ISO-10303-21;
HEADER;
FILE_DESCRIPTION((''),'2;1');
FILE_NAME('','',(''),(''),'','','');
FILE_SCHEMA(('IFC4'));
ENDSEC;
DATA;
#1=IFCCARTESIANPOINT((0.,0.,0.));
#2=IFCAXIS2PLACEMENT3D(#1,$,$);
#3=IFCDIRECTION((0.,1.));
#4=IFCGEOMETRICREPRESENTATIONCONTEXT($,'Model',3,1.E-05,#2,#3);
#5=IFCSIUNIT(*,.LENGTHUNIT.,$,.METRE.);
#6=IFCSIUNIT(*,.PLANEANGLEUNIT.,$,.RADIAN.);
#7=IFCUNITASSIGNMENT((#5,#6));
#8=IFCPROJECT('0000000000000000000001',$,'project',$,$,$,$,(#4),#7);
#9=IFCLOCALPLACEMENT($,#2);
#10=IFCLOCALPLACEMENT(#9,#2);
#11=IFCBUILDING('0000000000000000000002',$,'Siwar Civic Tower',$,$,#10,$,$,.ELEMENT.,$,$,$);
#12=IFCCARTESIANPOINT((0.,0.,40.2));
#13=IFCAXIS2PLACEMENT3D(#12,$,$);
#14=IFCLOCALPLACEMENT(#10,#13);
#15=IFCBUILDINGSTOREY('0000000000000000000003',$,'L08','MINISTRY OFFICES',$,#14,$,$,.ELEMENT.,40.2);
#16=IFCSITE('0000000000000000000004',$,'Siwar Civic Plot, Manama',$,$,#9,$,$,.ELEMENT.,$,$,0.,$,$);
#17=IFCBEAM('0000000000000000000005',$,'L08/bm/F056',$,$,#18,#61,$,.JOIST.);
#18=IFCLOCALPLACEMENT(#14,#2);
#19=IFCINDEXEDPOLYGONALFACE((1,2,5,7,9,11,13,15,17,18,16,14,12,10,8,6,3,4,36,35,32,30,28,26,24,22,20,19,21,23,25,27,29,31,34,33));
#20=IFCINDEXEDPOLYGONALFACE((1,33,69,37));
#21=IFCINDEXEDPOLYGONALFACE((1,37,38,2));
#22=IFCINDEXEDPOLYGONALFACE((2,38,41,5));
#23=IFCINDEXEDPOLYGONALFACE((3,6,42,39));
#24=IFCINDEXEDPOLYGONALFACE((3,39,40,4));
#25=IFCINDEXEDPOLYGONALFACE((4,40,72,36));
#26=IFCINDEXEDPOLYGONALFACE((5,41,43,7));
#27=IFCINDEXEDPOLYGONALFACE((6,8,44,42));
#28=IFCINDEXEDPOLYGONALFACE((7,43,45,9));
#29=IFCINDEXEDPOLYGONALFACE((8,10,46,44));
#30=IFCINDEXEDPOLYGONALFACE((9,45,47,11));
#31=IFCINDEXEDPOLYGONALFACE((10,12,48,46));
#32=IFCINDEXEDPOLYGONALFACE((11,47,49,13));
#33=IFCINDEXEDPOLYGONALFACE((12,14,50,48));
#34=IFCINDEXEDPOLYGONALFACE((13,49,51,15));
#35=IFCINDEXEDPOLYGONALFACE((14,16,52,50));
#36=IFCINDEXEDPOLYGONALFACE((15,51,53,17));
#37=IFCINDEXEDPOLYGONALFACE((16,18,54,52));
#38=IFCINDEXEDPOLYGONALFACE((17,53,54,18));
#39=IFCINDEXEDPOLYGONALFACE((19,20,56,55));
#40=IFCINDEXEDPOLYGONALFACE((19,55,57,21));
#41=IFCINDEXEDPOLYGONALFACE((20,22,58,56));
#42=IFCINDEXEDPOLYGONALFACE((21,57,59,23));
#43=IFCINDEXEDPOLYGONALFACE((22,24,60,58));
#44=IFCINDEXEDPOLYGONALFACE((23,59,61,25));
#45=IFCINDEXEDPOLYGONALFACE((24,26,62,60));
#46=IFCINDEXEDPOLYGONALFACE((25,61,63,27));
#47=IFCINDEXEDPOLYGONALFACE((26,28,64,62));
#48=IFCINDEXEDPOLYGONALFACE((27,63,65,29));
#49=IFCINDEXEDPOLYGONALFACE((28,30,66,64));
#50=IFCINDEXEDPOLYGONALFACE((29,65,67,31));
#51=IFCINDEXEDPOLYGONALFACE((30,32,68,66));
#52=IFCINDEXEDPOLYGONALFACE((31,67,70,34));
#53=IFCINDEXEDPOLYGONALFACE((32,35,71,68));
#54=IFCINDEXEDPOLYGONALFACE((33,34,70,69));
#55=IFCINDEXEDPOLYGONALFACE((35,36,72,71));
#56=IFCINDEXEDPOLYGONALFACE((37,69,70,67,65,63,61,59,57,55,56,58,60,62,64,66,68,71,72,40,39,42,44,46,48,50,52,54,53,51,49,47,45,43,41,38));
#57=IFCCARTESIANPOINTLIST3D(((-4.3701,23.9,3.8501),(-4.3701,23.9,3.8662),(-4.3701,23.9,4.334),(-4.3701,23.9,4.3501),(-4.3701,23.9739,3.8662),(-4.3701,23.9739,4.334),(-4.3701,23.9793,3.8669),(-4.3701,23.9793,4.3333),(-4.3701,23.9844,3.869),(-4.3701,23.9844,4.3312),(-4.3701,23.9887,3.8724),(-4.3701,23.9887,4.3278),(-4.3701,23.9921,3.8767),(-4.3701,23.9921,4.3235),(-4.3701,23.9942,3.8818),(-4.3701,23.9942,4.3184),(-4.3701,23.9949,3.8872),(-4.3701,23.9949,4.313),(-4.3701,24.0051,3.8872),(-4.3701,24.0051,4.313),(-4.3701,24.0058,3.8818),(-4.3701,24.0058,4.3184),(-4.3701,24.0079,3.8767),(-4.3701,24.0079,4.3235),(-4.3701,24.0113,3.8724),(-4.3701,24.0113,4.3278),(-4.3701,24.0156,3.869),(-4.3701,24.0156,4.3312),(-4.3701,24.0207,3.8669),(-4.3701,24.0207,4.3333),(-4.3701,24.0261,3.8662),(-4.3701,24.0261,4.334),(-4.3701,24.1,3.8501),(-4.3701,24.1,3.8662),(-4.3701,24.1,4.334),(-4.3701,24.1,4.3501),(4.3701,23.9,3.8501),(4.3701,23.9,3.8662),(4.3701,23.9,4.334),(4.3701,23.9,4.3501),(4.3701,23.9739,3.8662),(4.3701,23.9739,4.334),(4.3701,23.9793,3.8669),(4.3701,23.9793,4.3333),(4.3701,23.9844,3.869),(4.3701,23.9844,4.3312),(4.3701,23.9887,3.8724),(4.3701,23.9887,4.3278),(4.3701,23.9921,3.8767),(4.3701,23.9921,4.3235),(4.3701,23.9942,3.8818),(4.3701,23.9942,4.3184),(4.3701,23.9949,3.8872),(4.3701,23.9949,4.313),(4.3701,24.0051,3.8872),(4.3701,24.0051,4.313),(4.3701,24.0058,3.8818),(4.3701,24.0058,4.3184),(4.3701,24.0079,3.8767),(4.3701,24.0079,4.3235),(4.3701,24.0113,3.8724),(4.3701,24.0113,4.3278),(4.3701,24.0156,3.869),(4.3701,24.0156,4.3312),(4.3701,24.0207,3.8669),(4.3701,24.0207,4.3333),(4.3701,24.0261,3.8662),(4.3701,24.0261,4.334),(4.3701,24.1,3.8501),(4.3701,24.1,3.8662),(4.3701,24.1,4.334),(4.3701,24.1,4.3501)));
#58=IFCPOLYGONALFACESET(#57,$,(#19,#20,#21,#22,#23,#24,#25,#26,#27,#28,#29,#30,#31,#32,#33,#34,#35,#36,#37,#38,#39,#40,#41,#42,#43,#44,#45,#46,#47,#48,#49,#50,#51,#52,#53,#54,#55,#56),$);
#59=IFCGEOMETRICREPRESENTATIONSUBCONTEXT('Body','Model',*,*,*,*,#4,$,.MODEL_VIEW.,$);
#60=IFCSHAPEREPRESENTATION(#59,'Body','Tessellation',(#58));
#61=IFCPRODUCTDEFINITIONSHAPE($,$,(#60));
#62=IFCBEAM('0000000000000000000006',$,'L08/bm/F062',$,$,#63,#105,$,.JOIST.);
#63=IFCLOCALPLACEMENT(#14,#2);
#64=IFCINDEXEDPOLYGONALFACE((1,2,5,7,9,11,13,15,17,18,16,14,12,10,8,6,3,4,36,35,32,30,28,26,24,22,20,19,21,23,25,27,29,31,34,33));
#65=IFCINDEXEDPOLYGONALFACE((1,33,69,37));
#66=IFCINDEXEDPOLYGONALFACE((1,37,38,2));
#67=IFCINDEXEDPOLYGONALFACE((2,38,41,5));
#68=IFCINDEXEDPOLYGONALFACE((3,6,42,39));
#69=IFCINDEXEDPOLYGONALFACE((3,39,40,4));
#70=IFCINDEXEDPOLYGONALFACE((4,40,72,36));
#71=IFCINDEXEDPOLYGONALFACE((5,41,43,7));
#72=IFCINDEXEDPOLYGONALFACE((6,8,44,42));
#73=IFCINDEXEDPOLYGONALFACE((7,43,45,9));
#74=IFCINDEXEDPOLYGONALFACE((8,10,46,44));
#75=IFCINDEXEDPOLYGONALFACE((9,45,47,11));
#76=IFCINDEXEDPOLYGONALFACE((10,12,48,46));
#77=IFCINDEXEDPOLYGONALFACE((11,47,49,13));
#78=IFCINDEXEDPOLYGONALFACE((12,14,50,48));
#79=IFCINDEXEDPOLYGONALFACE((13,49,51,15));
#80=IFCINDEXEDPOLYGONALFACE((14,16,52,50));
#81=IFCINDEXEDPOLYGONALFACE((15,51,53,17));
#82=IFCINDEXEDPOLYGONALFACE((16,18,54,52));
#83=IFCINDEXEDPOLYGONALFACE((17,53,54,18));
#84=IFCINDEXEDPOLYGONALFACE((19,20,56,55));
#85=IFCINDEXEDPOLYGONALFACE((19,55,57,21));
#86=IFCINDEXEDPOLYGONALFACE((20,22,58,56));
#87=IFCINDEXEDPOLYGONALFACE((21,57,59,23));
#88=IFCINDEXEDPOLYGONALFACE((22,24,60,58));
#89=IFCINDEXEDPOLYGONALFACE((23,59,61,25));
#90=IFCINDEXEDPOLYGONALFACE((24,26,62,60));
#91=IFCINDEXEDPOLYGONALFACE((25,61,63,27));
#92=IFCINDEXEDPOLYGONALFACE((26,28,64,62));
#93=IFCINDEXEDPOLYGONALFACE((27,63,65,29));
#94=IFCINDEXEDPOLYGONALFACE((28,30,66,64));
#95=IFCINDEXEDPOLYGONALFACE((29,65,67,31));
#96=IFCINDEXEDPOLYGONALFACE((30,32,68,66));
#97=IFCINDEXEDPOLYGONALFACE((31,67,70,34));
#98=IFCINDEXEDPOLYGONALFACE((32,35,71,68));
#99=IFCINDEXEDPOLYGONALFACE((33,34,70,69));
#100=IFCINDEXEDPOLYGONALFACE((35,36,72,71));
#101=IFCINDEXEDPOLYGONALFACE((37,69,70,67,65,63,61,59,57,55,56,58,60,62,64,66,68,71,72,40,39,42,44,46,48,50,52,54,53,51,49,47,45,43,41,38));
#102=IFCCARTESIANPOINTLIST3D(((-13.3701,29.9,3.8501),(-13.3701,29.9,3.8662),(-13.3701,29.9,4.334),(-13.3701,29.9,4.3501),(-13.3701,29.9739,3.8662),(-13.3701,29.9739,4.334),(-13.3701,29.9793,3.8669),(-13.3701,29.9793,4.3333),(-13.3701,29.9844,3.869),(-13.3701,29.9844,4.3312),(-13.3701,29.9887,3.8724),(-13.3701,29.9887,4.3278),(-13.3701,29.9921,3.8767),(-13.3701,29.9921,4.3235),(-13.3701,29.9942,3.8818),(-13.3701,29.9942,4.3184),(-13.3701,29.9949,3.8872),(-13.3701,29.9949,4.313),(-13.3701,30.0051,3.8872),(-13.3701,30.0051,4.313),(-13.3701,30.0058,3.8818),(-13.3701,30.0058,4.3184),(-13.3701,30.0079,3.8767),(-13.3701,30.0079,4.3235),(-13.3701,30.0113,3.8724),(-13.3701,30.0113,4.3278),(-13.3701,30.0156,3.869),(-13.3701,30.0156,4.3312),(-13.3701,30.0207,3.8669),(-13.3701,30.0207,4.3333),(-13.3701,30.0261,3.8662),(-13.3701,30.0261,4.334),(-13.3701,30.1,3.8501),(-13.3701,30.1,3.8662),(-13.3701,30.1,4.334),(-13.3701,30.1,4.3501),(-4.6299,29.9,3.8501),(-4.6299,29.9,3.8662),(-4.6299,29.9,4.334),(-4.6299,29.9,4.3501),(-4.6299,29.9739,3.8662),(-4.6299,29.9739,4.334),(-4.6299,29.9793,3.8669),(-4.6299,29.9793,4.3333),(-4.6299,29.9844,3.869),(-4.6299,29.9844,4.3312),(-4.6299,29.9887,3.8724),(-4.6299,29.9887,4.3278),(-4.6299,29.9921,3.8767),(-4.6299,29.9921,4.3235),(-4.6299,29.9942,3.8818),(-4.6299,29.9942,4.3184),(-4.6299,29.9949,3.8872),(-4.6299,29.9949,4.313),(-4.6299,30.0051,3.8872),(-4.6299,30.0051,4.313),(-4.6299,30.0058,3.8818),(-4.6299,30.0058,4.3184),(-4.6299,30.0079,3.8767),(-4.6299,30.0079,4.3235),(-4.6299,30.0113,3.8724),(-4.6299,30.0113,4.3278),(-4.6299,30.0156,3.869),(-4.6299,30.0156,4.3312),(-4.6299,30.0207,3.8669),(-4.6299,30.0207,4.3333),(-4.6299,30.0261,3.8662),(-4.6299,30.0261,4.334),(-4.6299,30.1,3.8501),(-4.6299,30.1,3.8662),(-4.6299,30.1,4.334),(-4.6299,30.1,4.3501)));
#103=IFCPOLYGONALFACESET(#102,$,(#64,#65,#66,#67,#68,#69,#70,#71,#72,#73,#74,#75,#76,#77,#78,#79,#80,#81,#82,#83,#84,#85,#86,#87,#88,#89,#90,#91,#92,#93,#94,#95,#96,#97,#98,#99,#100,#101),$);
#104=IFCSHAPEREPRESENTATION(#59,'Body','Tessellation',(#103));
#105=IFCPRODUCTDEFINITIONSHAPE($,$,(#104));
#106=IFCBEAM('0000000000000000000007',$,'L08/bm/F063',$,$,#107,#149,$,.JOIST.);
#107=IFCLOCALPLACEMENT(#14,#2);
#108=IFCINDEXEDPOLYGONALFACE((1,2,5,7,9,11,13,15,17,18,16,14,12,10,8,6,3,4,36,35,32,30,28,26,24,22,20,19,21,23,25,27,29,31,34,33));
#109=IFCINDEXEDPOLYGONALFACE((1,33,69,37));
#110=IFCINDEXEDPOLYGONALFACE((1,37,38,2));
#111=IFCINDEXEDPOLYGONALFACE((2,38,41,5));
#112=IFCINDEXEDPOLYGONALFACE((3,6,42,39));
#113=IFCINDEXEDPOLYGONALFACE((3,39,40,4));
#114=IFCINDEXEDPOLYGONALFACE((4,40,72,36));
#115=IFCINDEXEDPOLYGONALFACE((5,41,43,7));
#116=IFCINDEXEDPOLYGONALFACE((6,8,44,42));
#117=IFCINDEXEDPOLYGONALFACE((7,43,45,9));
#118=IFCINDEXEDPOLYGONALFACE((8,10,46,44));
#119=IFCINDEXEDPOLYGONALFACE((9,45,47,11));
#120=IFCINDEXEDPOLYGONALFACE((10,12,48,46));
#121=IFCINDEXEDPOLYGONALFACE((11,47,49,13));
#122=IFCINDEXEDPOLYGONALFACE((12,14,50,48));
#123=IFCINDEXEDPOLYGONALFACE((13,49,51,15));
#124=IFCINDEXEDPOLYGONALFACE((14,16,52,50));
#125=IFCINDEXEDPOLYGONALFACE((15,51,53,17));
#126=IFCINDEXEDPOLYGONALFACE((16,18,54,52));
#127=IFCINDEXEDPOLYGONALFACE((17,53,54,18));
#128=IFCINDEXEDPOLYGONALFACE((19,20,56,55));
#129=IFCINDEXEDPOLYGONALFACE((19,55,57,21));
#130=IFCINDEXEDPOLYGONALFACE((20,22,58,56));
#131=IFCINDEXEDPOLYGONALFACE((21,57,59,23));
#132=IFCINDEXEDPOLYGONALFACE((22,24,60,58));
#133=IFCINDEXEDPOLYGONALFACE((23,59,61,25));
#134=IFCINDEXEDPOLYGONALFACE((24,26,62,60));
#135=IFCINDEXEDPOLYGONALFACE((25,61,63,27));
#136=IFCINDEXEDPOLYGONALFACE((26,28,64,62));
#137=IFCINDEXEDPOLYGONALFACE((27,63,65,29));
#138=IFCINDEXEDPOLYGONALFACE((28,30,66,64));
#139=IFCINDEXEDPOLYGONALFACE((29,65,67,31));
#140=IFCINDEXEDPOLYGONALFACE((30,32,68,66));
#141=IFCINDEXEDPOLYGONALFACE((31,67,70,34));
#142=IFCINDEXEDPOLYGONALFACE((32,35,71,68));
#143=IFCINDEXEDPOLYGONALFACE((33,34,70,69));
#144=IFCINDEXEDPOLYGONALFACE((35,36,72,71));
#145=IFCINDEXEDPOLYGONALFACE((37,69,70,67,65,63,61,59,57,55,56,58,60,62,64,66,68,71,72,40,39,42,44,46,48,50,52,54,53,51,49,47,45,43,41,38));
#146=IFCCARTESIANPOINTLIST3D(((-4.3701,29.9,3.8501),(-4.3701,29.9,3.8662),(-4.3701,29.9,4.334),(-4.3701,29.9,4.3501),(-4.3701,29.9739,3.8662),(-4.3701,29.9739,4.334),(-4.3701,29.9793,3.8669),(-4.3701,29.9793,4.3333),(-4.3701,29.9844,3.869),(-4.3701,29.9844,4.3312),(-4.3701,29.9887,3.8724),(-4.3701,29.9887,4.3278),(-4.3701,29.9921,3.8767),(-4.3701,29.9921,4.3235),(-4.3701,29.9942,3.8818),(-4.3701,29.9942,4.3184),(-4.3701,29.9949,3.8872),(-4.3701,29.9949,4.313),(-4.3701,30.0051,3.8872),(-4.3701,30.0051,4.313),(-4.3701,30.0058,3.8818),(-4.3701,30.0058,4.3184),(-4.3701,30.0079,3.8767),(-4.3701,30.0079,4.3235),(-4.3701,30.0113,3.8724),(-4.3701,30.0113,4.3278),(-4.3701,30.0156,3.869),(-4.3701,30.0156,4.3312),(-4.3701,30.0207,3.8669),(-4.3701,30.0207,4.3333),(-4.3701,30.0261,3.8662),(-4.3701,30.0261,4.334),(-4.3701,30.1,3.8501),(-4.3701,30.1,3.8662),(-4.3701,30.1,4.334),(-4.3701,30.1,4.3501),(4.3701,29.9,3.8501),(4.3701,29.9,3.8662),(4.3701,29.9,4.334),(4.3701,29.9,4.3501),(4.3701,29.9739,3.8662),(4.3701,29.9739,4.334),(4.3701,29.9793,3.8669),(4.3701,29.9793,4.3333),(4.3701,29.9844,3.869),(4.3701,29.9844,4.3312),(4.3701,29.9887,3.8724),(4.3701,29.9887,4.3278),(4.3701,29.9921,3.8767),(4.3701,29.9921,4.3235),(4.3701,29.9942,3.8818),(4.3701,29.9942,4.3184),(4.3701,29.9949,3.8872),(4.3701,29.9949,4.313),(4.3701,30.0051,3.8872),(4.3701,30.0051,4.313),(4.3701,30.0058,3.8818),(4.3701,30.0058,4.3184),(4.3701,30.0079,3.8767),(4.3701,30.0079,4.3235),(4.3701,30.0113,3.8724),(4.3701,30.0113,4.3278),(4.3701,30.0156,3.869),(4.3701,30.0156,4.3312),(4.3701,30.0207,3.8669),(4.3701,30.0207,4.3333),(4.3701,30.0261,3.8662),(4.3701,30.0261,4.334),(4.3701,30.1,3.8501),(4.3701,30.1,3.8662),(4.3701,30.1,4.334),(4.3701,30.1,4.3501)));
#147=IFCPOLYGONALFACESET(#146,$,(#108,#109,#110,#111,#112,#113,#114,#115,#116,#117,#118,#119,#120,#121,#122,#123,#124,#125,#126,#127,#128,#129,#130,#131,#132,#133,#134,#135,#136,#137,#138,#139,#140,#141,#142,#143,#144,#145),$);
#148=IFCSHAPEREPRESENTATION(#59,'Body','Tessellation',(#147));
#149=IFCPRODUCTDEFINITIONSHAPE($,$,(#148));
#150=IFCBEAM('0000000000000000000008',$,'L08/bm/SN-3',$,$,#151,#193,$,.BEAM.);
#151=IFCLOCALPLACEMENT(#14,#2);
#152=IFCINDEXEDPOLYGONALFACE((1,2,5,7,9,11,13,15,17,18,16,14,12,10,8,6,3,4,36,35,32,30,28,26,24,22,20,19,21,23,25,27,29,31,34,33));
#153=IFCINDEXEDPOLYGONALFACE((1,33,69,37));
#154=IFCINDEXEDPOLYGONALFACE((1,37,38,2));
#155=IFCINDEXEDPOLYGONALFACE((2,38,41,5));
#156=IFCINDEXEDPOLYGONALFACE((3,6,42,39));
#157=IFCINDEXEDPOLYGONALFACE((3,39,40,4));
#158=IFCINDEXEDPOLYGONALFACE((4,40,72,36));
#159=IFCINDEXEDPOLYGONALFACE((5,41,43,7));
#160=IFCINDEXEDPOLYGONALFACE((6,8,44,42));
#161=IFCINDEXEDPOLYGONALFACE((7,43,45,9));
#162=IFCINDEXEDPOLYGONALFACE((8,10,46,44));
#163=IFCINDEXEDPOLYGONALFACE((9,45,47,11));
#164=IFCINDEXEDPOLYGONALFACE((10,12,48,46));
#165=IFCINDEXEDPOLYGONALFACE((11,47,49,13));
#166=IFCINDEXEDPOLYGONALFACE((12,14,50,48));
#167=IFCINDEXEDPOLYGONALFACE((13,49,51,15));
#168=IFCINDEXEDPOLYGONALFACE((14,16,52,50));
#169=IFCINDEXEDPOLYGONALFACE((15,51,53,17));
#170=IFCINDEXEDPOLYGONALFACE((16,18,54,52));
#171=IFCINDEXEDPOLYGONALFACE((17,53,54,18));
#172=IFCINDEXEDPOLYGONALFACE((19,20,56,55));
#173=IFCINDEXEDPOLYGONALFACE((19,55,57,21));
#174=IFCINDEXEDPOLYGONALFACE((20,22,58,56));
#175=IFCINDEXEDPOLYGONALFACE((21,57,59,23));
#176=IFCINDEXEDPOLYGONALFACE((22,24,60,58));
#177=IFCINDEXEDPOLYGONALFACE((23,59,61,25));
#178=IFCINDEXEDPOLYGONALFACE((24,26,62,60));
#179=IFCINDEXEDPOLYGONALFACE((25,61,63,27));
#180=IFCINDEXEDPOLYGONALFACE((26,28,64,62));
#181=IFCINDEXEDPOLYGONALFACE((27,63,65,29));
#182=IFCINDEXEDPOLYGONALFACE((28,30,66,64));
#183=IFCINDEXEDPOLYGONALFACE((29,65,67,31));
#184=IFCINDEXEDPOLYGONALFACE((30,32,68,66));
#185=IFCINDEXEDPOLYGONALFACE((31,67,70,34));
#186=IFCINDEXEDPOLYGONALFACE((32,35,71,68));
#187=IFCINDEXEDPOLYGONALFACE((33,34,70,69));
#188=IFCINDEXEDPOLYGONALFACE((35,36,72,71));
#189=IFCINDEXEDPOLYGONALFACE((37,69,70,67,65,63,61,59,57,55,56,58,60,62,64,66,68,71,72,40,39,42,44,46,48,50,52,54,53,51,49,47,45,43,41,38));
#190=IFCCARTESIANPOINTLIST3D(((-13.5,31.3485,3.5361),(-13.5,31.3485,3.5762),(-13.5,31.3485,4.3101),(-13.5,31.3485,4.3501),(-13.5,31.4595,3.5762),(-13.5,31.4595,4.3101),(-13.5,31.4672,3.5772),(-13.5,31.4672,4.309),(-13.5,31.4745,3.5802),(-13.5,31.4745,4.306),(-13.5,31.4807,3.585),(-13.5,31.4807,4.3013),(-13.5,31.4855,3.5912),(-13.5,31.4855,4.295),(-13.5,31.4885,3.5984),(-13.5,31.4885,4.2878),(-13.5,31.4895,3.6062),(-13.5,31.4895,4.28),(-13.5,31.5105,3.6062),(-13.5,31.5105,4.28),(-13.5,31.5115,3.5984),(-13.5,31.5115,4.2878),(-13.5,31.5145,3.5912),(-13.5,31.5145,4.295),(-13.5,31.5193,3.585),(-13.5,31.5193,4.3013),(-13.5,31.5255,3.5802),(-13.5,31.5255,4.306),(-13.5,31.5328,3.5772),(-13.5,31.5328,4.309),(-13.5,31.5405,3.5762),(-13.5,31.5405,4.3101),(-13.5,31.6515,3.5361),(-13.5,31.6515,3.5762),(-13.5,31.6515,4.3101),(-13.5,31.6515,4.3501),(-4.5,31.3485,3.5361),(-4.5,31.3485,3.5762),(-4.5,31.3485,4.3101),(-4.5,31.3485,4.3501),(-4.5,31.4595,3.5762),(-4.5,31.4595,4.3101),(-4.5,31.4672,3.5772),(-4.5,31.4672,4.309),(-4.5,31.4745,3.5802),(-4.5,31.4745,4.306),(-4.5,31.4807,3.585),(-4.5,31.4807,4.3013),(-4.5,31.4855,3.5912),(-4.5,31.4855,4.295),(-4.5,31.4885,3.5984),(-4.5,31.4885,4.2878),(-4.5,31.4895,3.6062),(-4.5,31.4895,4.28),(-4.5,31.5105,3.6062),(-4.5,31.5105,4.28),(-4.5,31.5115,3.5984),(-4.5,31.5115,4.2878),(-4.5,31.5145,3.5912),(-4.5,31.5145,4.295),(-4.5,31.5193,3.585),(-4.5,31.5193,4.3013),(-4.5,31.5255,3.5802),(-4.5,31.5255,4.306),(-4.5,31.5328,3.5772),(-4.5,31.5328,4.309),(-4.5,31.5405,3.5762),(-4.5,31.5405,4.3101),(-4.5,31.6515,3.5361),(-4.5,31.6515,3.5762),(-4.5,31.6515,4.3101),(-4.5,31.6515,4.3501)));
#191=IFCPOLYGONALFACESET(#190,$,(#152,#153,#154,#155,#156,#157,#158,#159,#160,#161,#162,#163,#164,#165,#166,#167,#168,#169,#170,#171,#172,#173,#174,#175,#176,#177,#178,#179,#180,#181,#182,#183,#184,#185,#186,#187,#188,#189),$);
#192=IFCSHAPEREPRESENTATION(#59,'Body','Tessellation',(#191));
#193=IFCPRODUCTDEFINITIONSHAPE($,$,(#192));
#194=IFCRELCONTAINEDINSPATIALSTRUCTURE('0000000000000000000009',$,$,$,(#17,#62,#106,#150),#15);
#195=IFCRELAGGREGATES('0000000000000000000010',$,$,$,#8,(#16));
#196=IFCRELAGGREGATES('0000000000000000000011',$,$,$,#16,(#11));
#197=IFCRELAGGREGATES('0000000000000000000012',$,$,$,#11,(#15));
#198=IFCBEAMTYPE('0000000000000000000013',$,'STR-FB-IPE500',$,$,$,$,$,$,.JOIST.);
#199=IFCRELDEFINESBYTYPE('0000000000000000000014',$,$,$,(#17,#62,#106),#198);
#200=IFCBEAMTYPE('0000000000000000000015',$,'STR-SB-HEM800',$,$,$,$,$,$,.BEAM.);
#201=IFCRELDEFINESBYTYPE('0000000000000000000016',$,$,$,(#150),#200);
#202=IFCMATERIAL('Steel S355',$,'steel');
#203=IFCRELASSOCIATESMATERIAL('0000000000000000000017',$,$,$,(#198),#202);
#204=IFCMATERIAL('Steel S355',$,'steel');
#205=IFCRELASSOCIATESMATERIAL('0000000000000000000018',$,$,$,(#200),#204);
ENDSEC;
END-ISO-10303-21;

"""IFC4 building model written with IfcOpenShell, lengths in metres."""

from ifc_helpers import new_model, si_unit, direction, frame, origin, origin_2d, place, context, subcontext, project, spatial, i_section, extrude, material, material_profile, profile_set, type_object, element, save


model = new_model("IFC4")

# Units and contexts
model_context = context("Model", 3, precision=1e-05, world=origin(), true_north=direction((0.0, 1.0)))
body_context = subcontext(model_context, "Body", "Model", "MODEL_VIEW")
ifc_project = project(units=[si_unit("LENGTHUNIT", "METRE"), si_unit("PLANEANGLEUNIT", "RADIAN")], contexts=[model_context])

# Site, building, storey
site_placement = place(None, origin())
site = spatial("IfcSite", under=ifc_project, at=site_placement, Name="Siwar Civic Plot, Manama", CompositionType="ELEMENT", RefElevation=0.0)
building_placement = place(site_placement, origin())
building = spatial("IfcBuilding", under=site, at=building_placement, Name="Siwar Civic Tower", CompositionType="ELEMENT")
storey_placement = place(building_placement, frame((0.0, 0.0, 40.2)))
storey = spatial("IfcBuildingStorey", under=building, at=storey_placement, Name="L08", Description="MINISTRY OFFICES", CompositionType="ELEMENT", Elevation=40.2)

# Beams
ifc_material_1 = material(Name="Steel S355", Category="steel")
ifc_material_profile_1 = material_profile(ifc_material_1, i_section(OverallWidth=0.2, OverallDepth=0.5, WebThickness=0.0103, FlangeThickness=0.0161, FilletRadius=0.021, at=origin_2d()), Name="IPE500")
ifc_profile_set_1 = profile_set([ifc_material_profile_1], Name="Steel S355")
beam_type_1 = type_object("IfcBeamType", Name="STR-FB-IPE500", PredefinedType="JOIST", material=ifc_profile_set_1)
for number, where, z_axis, x_axis, name in (
    (1, (-4.3701, 24.0, 4.1001), (1.0, 0.0, 0.0), (0.0, 1.0, 0.0), "L08/bm/F056"),
    (2, (-13.3701, 30.0, 4.1001), (1.0, 0.0, 0.0), (0.0, 1.0, 0.0), "L08/bm/F062"),
    (3, (-4.3701, 30.0, 4.1001), (1.0, 0.0, 0.0), (0.0, 1.0, 0.0), "L08/bm/F063"),
):
    element("IfcBeam", number, at=place(storey_placement, frame(where, z_axis=z_axis, x_axis=x_axis)), inside=storey, type_object=beam_type_1, Name=name, PredefinedType="JOIST", context=body_context, shape_type="SweptSolid", body=[
        extrude(i_section(OverallWidth=0.2, OverallDepth=0.5, WebThickness=0.0103, FlangeThickness=0.0161, FilletRadius=0.021, at=origin_2d()), origin(), (0.0, 0.0, 1.0), 8.7402),
    ])
ifc_material_2 = material(Name="Steel S355", Category="steel")
ifc_material_profile_2 = material_profile(ifc_material_2, i_section(OverallWidth=0.303, OverallDepth=0.814, WebThickness=0.021, FlangeThickness=0.04, FilletRadius=0.03, at=origin_2d()), Name="HEM800")
ifc_profile_set_2 = profile_set([ifc_material_profile_2], Name="Steel S355")
beam_type_2 = type_object("IfcBeamType", Name="STR-SB-HEM800", PredefinedType="BEAM", material=ifc_profile_set_2)
for number, where, z_axis, x_axis, name in (
    (4, (-4.5, 31.5, 3.9431), (-1.0, 0.0, 0.0), (0.0, -1.0, 0.0), "L08/bm/SN-3"),
):
    element("IfcBeam", number, at=place(storey_placement, frame(where, z_axis=z_axis, x_axis=x_axis)), inside=storey, type_object=beam_type_2, Name=name, PredefinedType="BEAM", context=body_context, shape_type="SweptSolid", body=[
        extrude(i_section(OverallWidth=0.303, OverallDepth=0.814, WebThickness=0.021, FlangeThickness=0.04, FilletRadius=0.03, at=origin_2d()), origin(), (0.0, 0.0, 1.0), 9.0),
    ])

save(model, "model.ifc")
